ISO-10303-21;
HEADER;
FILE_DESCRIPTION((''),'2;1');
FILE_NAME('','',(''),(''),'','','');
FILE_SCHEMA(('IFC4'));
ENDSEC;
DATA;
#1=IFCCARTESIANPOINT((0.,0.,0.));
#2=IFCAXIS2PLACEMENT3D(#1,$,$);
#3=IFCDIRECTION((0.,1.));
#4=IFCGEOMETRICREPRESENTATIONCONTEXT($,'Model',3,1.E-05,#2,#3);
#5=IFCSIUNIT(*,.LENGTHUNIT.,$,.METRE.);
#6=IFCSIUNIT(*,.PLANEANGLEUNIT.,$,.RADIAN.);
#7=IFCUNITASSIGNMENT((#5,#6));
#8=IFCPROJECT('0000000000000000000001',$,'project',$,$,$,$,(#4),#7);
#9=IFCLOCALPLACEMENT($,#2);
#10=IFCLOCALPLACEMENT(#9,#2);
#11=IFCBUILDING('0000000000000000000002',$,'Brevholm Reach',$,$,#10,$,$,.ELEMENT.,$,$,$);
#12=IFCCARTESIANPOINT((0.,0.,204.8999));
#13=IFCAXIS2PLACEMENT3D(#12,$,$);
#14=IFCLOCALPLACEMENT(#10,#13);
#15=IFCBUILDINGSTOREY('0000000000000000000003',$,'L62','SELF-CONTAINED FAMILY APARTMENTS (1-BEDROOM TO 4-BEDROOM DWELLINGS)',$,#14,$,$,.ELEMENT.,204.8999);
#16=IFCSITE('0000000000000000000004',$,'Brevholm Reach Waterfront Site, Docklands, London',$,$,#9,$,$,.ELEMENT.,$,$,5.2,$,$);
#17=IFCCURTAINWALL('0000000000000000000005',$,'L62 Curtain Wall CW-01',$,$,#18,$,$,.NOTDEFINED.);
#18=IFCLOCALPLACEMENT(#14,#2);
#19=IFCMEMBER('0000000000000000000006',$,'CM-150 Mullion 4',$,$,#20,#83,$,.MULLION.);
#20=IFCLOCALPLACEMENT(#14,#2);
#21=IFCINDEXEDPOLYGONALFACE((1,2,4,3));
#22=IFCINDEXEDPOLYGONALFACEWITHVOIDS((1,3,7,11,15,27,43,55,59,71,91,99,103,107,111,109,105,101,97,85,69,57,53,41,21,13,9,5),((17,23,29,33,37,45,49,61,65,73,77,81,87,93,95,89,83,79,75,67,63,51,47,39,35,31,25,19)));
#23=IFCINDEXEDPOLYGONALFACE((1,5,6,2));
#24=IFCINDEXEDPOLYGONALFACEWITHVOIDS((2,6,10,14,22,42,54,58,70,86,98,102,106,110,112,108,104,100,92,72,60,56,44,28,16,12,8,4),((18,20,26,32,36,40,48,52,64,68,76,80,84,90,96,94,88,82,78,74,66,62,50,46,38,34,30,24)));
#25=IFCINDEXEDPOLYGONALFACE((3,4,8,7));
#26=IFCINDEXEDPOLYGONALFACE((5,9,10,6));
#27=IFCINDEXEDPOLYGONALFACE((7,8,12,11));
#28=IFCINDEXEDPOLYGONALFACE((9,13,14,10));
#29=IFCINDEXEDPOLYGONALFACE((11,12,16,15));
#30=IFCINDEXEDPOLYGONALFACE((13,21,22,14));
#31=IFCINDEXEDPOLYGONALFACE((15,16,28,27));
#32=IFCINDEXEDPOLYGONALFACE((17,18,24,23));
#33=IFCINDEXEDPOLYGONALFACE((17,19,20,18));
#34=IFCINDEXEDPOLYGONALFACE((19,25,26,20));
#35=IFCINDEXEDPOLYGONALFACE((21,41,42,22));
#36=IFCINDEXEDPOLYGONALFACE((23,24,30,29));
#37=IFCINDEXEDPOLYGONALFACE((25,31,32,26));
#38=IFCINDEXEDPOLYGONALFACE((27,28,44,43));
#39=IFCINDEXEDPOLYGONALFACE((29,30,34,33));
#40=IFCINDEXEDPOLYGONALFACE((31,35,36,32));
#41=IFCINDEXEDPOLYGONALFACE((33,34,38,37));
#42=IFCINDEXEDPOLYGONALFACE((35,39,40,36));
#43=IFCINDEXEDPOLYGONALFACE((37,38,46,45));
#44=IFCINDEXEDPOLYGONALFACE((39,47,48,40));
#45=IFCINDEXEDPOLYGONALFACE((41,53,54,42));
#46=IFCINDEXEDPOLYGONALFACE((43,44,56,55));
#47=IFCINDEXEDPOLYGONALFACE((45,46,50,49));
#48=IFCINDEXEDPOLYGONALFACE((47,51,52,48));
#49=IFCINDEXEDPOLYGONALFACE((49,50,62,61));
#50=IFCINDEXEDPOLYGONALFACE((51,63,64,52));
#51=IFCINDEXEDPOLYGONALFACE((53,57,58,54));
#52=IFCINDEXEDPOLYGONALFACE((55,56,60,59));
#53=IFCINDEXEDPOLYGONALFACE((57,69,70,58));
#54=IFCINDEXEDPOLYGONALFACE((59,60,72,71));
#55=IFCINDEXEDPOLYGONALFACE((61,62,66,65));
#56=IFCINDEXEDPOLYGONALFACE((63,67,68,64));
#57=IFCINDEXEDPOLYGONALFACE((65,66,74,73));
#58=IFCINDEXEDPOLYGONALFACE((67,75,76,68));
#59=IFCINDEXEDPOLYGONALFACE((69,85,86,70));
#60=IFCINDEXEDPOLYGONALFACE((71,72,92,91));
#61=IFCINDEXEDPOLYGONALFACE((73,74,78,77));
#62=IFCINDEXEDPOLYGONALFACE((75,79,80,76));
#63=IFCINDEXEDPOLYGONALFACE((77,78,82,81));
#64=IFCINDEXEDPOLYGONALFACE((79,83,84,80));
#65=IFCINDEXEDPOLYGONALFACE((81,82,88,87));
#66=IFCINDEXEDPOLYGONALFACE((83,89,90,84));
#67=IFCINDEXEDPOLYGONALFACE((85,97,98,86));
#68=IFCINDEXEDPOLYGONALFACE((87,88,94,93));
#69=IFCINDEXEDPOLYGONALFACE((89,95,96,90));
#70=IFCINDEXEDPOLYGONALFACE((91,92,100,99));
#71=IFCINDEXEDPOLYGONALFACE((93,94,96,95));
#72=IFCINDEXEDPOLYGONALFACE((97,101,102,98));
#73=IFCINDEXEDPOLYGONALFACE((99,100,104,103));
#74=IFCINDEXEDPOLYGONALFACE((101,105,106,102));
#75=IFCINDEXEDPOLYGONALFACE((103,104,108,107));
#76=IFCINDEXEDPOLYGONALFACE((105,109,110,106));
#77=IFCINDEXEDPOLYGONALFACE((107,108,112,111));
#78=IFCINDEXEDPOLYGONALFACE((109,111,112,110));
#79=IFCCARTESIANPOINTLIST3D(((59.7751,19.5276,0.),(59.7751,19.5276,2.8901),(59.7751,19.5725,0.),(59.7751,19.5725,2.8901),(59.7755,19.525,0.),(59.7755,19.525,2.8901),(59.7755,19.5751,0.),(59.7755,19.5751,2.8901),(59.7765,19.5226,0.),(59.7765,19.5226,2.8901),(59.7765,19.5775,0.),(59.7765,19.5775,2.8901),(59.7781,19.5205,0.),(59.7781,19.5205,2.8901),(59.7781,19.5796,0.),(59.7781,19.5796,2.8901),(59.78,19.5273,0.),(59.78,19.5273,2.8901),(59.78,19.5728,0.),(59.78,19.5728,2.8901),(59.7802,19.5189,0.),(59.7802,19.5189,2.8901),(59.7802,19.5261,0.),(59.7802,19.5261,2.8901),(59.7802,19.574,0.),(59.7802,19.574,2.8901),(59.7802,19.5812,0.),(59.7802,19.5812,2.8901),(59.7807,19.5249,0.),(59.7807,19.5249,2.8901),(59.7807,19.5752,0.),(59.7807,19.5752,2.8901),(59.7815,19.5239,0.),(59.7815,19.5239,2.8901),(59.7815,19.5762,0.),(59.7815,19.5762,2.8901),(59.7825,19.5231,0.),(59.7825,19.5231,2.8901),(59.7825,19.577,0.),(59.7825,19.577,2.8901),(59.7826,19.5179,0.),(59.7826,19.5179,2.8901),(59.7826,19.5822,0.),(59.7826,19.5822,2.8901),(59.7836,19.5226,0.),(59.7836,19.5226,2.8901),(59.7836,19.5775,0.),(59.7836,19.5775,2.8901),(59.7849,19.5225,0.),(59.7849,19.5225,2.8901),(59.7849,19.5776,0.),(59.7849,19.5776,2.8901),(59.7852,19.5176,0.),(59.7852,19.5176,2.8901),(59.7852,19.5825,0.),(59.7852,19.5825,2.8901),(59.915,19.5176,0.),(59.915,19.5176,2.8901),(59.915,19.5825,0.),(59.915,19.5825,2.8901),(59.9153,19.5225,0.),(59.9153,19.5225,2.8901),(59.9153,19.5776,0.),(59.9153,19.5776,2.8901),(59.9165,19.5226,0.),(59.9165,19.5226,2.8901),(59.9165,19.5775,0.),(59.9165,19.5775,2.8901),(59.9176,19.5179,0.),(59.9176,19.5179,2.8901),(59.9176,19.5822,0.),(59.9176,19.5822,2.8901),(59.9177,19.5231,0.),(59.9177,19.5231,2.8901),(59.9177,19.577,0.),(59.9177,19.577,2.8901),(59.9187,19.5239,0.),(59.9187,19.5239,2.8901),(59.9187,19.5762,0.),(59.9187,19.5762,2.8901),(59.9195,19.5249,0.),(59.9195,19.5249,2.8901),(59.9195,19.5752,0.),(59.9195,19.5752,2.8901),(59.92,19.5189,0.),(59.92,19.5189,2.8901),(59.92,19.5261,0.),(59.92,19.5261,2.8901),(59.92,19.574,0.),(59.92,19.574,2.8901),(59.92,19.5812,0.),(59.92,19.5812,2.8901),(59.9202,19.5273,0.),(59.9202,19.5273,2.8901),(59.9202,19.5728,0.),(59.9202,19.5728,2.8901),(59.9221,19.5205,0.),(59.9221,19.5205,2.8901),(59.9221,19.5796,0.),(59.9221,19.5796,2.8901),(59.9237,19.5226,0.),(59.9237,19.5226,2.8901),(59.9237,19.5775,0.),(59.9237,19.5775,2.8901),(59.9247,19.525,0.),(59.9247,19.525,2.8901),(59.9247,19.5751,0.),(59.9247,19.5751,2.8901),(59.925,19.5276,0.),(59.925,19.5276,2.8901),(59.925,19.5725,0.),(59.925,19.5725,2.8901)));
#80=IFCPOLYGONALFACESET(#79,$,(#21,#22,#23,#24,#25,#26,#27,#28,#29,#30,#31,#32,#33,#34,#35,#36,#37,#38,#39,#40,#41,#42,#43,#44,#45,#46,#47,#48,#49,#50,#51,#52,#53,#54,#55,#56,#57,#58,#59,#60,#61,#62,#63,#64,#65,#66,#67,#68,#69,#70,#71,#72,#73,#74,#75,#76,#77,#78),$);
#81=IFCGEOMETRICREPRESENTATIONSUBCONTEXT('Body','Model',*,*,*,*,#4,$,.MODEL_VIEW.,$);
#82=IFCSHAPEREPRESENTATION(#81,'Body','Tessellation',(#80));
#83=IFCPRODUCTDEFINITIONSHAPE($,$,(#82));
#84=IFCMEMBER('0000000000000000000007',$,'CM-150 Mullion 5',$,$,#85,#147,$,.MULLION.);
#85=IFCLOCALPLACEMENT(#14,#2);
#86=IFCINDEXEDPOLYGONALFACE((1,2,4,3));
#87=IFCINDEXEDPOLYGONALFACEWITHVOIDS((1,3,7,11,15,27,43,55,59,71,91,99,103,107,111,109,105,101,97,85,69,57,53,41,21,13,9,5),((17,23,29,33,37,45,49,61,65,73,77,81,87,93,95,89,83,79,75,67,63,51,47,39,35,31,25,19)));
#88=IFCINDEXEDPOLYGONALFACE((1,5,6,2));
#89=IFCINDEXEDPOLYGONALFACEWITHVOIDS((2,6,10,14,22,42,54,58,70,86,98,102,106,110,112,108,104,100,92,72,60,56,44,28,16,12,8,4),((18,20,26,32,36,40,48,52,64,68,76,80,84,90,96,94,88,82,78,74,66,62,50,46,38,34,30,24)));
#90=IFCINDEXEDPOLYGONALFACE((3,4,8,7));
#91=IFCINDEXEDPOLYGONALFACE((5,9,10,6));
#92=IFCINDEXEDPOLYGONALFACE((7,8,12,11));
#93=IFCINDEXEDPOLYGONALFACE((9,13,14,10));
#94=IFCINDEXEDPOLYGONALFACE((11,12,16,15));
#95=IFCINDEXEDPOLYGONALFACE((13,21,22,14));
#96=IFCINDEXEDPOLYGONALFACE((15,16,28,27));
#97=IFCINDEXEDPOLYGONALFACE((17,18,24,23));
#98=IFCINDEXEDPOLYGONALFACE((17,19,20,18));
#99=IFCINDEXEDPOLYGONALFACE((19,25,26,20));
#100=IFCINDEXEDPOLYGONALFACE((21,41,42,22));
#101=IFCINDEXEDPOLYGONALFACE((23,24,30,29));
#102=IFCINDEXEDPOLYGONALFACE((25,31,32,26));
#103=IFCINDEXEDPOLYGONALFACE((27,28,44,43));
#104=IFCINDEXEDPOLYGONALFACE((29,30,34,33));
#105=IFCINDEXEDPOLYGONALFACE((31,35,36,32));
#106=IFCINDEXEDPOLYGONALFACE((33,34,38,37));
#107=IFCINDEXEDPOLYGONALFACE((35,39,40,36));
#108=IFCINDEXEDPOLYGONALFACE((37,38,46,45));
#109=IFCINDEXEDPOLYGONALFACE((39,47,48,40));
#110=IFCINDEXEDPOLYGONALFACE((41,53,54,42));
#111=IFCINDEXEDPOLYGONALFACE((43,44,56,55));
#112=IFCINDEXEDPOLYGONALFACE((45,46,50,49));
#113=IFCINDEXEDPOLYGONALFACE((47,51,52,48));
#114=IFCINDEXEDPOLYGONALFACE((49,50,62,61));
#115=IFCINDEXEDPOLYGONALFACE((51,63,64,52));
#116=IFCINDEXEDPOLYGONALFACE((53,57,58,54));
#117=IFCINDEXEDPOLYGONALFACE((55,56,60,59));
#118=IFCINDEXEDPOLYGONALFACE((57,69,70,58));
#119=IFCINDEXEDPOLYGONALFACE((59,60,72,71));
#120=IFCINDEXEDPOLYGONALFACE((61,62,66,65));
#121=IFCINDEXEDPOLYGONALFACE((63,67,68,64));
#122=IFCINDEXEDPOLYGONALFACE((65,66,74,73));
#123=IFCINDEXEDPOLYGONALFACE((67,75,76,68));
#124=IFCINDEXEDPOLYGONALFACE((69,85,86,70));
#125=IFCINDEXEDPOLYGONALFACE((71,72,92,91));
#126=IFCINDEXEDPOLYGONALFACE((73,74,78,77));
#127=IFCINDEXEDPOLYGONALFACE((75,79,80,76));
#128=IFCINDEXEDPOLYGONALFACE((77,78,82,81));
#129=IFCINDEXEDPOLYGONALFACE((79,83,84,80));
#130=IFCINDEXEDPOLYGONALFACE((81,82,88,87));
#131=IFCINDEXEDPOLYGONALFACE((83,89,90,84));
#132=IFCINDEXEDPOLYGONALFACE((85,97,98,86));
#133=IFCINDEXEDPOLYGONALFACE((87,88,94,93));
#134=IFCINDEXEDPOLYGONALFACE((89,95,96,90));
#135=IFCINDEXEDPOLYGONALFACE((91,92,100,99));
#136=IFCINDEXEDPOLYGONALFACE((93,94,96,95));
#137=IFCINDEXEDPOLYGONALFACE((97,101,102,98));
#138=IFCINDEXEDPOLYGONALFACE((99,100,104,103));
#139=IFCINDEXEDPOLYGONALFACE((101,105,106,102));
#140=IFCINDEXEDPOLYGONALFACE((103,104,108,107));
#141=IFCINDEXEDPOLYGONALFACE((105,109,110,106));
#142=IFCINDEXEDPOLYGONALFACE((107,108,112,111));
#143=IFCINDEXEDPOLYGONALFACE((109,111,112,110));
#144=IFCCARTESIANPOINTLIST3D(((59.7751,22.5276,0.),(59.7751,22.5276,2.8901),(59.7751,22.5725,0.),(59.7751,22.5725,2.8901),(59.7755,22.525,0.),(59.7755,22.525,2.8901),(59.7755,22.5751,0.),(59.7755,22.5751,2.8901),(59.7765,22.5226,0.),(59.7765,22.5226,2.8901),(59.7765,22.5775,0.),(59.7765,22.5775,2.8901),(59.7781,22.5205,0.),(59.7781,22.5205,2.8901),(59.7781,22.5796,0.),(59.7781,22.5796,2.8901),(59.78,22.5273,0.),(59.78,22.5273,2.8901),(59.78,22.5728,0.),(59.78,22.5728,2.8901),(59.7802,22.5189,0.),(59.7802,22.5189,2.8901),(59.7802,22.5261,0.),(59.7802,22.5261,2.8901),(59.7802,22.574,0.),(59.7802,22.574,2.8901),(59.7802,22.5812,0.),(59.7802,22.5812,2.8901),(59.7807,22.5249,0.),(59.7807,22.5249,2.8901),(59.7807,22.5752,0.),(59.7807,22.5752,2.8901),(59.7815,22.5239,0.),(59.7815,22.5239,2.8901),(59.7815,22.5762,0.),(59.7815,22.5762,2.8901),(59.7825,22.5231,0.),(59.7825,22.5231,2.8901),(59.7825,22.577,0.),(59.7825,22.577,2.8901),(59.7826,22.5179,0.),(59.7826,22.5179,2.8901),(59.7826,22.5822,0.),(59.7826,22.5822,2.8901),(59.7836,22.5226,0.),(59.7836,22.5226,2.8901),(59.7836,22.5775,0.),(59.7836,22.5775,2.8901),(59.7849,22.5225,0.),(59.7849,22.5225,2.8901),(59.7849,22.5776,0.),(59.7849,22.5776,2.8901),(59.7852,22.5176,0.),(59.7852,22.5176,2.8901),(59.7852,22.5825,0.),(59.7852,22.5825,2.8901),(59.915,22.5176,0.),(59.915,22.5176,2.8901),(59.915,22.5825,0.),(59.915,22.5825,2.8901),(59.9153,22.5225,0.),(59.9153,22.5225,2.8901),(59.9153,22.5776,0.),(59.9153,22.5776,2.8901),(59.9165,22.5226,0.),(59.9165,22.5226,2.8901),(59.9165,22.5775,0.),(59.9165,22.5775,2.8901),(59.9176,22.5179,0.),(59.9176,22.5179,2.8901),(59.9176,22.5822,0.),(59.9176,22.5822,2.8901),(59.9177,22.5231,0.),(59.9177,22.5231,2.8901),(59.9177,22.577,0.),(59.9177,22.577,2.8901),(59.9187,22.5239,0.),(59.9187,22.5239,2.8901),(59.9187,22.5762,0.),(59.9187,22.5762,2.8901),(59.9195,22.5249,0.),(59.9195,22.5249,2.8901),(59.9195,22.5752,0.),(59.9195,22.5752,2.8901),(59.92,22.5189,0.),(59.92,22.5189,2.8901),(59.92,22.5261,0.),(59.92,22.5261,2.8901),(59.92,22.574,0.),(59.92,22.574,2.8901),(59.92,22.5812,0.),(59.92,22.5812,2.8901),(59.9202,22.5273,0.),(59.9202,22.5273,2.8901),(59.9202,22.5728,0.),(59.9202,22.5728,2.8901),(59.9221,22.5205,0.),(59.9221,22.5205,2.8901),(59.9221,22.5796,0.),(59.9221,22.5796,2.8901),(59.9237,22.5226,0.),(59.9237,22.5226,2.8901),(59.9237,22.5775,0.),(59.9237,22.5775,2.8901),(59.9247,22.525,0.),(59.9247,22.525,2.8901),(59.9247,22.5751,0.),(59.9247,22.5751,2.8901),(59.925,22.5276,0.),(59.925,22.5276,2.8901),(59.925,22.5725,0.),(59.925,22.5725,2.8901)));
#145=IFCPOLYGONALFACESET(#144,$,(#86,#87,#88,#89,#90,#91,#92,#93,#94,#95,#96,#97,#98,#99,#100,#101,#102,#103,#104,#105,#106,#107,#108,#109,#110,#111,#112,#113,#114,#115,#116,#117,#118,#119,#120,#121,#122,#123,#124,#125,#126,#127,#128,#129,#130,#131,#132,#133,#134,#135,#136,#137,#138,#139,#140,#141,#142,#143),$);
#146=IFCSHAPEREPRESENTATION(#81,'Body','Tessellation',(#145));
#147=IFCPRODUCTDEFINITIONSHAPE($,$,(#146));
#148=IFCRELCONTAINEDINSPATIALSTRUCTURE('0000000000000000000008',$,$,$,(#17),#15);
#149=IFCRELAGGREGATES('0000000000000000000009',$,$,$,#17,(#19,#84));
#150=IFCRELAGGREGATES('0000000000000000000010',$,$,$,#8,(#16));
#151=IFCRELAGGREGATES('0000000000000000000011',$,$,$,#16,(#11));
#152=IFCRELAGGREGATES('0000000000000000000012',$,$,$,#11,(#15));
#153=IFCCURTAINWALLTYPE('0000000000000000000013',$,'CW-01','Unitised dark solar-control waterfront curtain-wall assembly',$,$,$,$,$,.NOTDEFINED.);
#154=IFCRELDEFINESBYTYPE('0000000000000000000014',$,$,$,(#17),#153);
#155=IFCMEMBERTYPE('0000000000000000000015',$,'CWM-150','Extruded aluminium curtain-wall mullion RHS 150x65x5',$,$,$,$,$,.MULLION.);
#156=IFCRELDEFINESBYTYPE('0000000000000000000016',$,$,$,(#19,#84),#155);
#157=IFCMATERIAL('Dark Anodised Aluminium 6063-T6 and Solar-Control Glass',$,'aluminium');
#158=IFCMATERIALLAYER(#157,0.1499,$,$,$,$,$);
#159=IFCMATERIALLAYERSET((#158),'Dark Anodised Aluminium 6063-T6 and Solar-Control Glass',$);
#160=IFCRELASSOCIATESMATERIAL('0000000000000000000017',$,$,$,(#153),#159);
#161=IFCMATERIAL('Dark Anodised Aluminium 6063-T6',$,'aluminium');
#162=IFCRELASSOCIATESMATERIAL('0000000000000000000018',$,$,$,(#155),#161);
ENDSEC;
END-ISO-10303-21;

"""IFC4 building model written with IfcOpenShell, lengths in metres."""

from ifc_helpers import new_model, si_unit, direction, frame, origin, origin_2d, place, context, subcontext, project, spatial, hollow_rectangle, extrude, material, layer, layer_set, material_profile, profile_set, type_object, element, aggregate, save


model = new_model("IFC4")

# Units and contexts
model_context = context("Model", 3, precision=1e-05, world=origin(), true_north=direction((0.0, 1.0)))
body_context = subcontext(model_context, "Body", "Model", "MODEL_VIEW")
ifc_project = project(units=[si_unit("LENGTHUNIT", "METRE"), si_unit("PLANEANGLEUNIT", "RADIAN")], contexts=[model_context])

# Site, building, storey
site_placement = place(None, origin())
site = spatial("IfcSite", under=ifc_project, at=site_placement, Name="Brevholm Reach Waterfront Site, Docklands, London", CompositionType="ELEMENT", RefElevation=5.2)
building_placement = place(site_placement, origin())
building = spatial("IfcBuilding", under=site, at=building_placement, Name="Brevholm Reach", CompositionType="ELEMENT")
storey_placement = place(building_placement, frame((0.0, 0.0, 204.8999)))
storey = spatial("IfcBuildingStorey", under=building, at=storey_placement, Name="L62", Description="SELF-CONTAINED FAMILY APARTMENTS (1-BEDROOM TO 4-BEDROOM DWELLINGS)", CompositionType="ELEMENT", Elevation=204.8999)

# Curtain wall, members
ifc_material_1 = material(Name="Dark Anodised Aluminium 6063-T6 and Solar-Control Glass", Category="aluminium")
ifc_layer_1 = layer(ifc_material_1, 0.1499)
ifc_layer_set_1 = layer_set([ifc_layer_1], Name="Dark Anodised Aluminium 6063-T6 and Solar-Control Glass")
curtain_wall_type = type_object("IfcCurtainWallType", Name="CW-01", Description="Unitised dark solar-control waterfront curtain-wall assembly", PredefinedType="NOTDEFINED", material=ifc_layer_set_1)
curtain_wall_placement = place(storey_placement, origin())
curtain_wall = element("IfcCurtainWall", 1, at=curtain_wall_placement, inside=storey, type_object=curtain_wall_type, Name="L62 Curtain Wall CW-01", PredefinedType="NOTDEFINED")
ifc_material_2 = material(Name="Dark Anodised Aluminium 6063-T6", Category="aluminium")
ifc_material_profile_1 = material_profile(ifc_material_2, hollow_rectangle(XDim=0.0649, YDim=0.1499, WallThickness=0.0049, InnerFilletRadius=0.0049, OuterFilletRadius=0.01, at=origin_2d()), Name="RHS 150x65x5")
ifc_profile_set_1 = profile_set([ifc_material_profile_1], Name="Dark Anodised Aluminium 6063-T6")
member_type_1 = type_object("IfcMemberType", Name="CWM-150", Description="Extruded aluminium curtain-wall mullion RHS 150x65x5", PredefinedType="MULLION", material=ifc_profile_set_1)
member_1_placement = place(storey_placement, frame((59.8501, 19.55, 0.0), z_axis=(0.0, 0.0, 1.0), x_axis=(0.0, 1.0, 0.0)))
member_1 = element("IfcMember", 2, at=member_1_placement, type_object=member_type_1, Name="CM-150 Mullion 4", PredefinedType="MULLION", context=body_context, shape_type="SweptSolid", body=[
    extrude(hollow_rectangle(XDim=0.0649, YDim=0.1499, WallThickness=0.0049, InnerFilletRadius=0.0049, OuterFilletRadius=0.01, at=origin_2d()), origin(), (0.0, 0.0, 1.0), 2.8901),
])
member_2_placement = place(storey_placement, frame((59.8501, 22.55, 0.0), z_axis=(0.0, 0.0, 1.0), x_axis=(0.0, 1.0, 0.0)))
member_2 = element("IfcMember", 3, at=member_2_placement, type_object=member_type_1, Name="CM-150 Mullion 5", PredefinedType="MULLION", context=body_context, shape_type="SweptSolid", body=[
    extrude(hollow_rectangle(XDim=0.0649, YDim=0.1499, WallThickness=0.0049, InnerFilletRadius=0.0049, OuterFilletRadius=0.01, at=origin_2d()), origin(), (0.0, 0.0, 1.0), 2.8901),
])
aggregate(curtain_wall, [member_1, member_2])

save(model, "model.ifc")
